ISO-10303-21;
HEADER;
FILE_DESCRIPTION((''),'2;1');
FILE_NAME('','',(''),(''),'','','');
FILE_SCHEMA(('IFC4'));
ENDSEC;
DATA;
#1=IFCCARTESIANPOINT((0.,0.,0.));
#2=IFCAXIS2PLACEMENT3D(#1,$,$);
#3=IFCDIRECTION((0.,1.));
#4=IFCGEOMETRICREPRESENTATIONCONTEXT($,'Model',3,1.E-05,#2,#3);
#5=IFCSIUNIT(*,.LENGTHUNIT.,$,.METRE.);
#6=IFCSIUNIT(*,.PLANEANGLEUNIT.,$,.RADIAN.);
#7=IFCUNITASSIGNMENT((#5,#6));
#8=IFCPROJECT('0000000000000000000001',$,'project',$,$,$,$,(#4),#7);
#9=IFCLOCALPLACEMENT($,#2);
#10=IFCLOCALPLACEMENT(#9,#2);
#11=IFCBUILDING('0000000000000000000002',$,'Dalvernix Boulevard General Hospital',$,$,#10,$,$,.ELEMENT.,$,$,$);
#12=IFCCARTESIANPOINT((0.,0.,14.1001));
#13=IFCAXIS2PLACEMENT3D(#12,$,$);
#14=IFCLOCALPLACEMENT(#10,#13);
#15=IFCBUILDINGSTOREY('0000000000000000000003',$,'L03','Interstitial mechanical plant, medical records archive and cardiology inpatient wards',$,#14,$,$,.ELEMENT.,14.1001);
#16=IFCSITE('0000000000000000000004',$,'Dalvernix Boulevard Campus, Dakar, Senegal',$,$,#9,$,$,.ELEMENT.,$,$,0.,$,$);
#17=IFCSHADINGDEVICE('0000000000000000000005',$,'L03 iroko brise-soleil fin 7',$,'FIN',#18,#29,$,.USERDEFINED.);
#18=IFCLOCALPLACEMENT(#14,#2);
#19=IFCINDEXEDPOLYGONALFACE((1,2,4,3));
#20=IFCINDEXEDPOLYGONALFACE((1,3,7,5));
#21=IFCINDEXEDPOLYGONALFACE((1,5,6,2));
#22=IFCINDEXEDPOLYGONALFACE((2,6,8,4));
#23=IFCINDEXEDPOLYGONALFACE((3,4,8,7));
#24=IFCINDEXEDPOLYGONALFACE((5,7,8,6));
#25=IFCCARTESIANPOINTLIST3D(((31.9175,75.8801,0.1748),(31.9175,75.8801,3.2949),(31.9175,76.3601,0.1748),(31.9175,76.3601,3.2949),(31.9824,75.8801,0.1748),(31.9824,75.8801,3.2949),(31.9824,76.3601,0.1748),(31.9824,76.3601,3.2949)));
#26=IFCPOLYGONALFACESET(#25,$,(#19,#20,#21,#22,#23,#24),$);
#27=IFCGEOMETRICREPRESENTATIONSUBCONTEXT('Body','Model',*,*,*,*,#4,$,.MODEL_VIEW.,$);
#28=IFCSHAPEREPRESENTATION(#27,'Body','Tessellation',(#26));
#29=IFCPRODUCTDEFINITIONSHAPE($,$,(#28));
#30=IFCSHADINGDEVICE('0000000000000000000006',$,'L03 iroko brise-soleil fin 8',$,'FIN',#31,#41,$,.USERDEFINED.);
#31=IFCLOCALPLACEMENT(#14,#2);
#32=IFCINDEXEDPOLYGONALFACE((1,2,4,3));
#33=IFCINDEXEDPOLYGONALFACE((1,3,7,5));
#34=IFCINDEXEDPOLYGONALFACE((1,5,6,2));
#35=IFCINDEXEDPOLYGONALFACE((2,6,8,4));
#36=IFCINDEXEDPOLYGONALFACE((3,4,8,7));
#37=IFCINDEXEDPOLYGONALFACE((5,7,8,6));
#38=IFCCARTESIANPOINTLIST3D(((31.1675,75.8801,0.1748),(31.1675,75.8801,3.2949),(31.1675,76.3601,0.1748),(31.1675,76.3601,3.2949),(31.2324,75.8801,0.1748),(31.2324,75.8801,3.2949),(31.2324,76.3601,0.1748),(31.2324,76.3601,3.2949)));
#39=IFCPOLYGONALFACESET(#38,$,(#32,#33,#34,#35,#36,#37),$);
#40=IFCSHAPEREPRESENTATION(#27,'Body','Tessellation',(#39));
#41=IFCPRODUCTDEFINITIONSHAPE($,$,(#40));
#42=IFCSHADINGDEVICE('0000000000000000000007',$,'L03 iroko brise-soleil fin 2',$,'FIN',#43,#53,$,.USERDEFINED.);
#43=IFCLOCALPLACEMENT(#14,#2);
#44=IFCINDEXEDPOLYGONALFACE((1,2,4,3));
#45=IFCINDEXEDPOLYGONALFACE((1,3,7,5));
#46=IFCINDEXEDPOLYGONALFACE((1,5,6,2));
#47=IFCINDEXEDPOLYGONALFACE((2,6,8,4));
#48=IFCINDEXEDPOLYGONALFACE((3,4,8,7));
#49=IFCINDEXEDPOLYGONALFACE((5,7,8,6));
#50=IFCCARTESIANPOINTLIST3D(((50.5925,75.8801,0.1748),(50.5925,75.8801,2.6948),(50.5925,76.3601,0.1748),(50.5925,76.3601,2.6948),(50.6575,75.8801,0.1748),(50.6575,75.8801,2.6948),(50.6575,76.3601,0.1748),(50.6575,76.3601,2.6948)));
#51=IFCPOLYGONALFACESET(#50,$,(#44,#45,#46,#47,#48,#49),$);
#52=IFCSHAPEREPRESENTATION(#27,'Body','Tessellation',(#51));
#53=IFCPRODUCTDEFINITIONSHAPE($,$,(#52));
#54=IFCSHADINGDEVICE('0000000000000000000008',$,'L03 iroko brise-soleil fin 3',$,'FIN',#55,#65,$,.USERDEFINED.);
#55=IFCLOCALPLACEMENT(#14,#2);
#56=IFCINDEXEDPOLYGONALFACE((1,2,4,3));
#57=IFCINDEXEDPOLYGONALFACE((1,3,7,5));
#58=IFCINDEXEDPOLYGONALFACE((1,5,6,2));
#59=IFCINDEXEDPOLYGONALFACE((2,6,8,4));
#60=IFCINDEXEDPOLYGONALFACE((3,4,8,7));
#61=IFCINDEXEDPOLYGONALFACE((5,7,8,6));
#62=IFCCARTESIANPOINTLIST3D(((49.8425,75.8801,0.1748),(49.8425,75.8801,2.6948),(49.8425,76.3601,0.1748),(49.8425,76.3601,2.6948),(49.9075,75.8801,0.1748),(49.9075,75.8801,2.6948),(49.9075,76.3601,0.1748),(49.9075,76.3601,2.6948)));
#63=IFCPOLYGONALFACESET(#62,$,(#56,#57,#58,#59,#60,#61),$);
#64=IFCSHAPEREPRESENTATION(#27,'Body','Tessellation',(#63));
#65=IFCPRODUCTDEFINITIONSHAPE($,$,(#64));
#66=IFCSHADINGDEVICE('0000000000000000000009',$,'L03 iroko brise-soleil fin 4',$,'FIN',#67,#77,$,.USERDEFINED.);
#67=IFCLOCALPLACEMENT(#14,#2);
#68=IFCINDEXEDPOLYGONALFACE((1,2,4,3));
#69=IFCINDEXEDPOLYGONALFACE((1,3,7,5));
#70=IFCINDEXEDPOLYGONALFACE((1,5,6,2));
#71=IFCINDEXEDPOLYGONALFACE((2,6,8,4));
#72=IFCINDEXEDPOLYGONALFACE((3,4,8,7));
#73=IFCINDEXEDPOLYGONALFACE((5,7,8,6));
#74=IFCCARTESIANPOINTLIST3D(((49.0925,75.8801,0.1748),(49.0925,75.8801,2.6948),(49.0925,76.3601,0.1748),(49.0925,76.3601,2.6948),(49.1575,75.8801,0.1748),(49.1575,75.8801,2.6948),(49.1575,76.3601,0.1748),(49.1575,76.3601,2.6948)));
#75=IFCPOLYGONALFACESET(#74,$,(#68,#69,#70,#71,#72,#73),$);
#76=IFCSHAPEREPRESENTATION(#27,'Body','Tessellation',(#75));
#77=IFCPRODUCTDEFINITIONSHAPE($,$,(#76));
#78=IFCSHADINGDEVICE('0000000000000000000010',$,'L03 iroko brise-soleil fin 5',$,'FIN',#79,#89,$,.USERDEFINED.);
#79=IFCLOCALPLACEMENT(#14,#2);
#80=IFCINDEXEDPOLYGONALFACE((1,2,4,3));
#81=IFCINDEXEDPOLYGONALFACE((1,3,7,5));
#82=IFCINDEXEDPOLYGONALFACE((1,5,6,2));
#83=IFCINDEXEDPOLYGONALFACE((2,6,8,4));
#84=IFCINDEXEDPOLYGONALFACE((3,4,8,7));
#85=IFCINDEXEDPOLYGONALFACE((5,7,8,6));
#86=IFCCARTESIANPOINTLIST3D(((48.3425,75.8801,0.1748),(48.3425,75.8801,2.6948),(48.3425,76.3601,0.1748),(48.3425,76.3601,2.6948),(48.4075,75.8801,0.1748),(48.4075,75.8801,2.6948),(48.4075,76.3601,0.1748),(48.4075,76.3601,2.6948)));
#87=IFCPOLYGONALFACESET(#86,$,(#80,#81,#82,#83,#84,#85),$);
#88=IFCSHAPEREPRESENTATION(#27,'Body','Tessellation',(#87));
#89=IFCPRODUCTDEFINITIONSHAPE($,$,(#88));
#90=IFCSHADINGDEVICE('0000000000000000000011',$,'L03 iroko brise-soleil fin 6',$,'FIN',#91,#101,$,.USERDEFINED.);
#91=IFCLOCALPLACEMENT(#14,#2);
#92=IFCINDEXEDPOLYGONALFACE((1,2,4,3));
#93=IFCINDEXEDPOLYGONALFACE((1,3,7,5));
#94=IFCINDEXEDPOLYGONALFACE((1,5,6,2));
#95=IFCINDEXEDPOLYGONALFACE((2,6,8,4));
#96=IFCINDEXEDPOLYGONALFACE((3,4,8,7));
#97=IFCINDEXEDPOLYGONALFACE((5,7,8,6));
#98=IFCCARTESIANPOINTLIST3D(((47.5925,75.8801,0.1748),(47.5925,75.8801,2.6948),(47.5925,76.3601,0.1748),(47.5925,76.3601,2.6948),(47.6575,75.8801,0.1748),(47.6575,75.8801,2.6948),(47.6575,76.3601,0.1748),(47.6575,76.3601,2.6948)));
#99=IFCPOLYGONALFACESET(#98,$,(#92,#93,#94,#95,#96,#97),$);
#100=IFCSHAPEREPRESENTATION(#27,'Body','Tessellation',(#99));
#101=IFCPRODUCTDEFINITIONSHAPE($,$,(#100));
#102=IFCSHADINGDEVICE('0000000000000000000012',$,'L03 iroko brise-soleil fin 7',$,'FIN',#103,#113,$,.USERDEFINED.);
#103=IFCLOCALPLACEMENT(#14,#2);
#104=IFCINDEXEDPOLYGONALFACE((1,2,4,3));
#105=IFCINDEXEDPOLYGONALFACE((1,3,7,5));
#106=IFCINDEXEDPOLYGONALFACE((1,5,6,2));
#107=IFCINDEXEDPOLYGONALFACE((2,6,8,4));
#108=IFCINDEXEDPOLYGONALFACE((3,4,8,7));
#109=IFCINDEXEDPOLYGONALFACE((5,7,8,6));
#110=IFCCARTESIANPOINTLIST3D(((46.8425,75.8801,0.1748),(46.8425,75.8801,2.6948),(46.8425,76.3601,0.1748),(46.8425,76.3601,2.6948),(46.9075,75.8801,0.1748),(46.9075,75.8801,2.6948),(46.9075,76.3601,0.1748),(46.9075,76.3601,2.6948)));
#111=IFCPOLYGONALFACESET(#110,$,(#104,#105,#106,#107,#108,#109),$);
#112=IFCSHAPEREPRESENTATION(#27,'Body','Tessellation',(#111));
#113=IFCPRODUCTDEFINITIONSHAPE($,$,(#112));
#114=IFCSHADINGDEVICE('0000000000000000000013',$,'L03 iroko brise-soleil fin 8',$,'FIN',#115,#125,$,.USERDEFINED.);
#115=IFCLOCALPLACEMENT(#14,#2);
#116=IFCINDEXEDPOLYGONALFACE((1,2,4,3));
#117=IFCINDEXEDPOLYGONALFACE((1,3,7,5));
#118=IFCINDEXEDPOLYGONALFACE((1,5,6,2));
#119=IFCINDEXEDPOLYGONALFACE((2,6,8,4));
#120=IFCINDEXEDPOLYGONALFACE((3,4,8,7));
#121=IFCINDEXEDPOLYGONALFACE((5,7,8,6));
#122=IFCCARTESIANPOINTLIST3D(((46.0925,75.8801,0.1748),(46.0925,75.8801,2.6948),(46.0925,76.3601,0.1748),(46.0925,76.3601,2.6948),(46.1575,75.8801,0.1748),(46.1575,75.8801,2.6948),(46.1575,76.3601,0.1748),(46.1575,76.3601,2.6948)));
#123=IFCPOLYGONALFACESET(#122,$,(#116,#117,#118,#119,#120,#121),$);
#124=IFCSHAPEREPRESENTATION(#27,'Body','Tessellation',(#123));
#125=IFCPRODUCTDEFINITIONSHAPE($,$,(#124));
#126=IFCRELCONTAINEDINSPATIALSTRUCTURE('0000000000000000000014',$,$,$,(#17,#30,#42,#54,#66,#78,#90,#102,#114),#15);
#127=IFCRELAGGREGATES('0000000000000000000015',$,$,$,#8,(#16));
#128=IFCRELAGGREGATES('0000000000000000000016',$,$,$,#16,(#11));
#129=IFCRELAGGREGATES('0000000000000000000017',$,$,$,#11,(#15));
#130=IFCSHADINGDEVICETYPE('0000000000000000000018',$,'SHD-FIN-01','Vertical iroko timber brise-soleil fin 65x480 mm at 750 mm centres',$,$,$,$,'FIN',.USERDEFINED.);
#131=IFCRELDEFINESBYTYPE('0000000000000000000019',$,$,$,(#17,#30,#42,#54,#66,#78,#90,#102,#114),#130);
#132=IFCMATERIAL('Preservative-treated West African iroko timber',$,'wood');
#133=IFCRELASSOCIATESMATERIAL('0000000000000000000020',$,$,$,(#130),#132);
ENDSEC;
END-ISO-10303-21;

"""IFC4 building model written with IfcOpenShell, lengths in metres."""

from ifc_helpers import new_model, si_unit, direction, frame, origin, origin_2d, place, context, subcontext, project, spatial, rectangle, extrude, material, type_object, element, save


model = new_model("IFC4")

# Units and contexts
model_context = context("Model", 3, precision=1e-05, world=origin(), true_north=direction((0.0, 1.0)))
body_context = subcontext(model_context, "Body", "Model", "MODEL_VIEW")
ifc_project = project(units=[si_unit("LENGTHUNIT", "METRE"), si_unit("PLANEANGLEUNIT", "RADIAN")], contexts=[model_context])

# Site, building, storey
site_placement = place(None, origin())
site = spatial("IfcSite", under=ifc_project, at=site_placement, Name="Dalvernix Boulevard Campus, Dakar, Senegal", CompositionType="ELEMENT", RefElevation=0.0)
building_placement = place(site_placement, origin())
building = spatial("IfcBuilding", under=site, at=building_placement, Name="Dalvernix Boulevard General Hospital", CompositionType="ELEMENT")
storey_placement = place(building_placement, frame((0.0, 0.0, 14.1001)))
storey = spatial("IfcBuildingStorey", under=building, at=storey_placement, Name="L03", Description="Interstitial mechanical plant, medical records archive and cardiology inpatient wards", CompositionType="ELEMENT", Elevation=14.1001)

# Shading devices
ifc_material_1 = material(Name="Preservative-treated West African iroko timber", Category="wood")
shading_device_type = type_object("IfcShadingDeviceType", Name="SHD-FIN-01", Description="Vertical iroko timber brise-soleil fin 65x480 mm at 750 mm centres", ElementType="FIN", PredefinedType="USERDEFINED", material=ifc_material_1)
for number, where, z_axis, x_axis, name in (
    (1, (31.95, 76.1201, 0.1748), (0.0, 0.0, 1.0), (-1.0, 0.0, 0.0), "L03 iroko brise-soleil fin 7"),
    (2, (31.2, 76.1201, 0.1748), (0.0, 0.0, 1.0), (-1.0, 0.0, 0.0), "L03 iroko brise-soleil fin 8"),
):
    element("IfcShadingDevice", number, at=place(storey_placement, frame(where, z_axis=z_axis, x_axis=x_axis)), inside=storey, type_object=shading_device_type, Name=name, ObjectType="FIN", PredefinedType="USERDEFINED", context=body_context, shape_type="SweptSolid", body=[
        extrude(rectangle(XDim=0.0649, YDim=0.48, at=origin_2d()), origin(), (0.0, 0.0, 1.0), 3.1201),
    ])
for number, where, z_axis, x_axis, name in (
    (3, (50.625, 76.1201, 0.1748), (0.0, 0.0, 1.0), (-1.0, 0.0, 0.0), "L03 iroko brise-soleil fin 2"),
    (4, (49.875, 76.1201, 0.1748), (0.0, 0.0, 1.0), (-1.0, 0.0, 0.0), "L03 iroko brise-soleil fin 3"),
    (5, (49.125, 76.1201, 0.1748), (0.0, 0.0, 1.0), (-1.0, 0.0, 0.0), "L03 iroko brise-soleil fin 4"),
    (6, (48.375, 76.1201, 0.1748), (0.0, 0.0, 1.0), (-1.0, 0.0, 0.0), "L03 iroko brise-soleil fin 5"),
    (7, (47.625, 76.1201, 0.1748), (0.0, 0.0, 1.0), (-1.0, 0.0, 0.0), "L03 iroko brise-soleil fin 6"),
    (8, (46.875, 76.1201, 0.1748), (0.0, 0.0, 1.0), (-1.0, 0.0, 0.0), "L03 iroko brise-soleil fin 7"),
    (9, (46.125, 76.1201, 0.1748), (0.0, 0.0, 1.0), (-1.0, 0.0, 0.0), "L03 iroko brise-soleil fin 8"),
):
    element("IfcShadingDevice", number, at=place(storey_placement, frame(where, z_axis=z_axis, x_axis=x_axis)), inside=storey, type_object=shading_device_type, Name=name, ObjectType="FIN", PredefinedType="USERDEFINED", context=body_context, shape_type="SweptSolid", body=[
        extrude(rectangle(XDim=0.0649, YDim=0.48, at=origin_2d()), origin(), (0.0, 0.0, 1.0), 2.52),
    ])

save(model, "model.ifc")
